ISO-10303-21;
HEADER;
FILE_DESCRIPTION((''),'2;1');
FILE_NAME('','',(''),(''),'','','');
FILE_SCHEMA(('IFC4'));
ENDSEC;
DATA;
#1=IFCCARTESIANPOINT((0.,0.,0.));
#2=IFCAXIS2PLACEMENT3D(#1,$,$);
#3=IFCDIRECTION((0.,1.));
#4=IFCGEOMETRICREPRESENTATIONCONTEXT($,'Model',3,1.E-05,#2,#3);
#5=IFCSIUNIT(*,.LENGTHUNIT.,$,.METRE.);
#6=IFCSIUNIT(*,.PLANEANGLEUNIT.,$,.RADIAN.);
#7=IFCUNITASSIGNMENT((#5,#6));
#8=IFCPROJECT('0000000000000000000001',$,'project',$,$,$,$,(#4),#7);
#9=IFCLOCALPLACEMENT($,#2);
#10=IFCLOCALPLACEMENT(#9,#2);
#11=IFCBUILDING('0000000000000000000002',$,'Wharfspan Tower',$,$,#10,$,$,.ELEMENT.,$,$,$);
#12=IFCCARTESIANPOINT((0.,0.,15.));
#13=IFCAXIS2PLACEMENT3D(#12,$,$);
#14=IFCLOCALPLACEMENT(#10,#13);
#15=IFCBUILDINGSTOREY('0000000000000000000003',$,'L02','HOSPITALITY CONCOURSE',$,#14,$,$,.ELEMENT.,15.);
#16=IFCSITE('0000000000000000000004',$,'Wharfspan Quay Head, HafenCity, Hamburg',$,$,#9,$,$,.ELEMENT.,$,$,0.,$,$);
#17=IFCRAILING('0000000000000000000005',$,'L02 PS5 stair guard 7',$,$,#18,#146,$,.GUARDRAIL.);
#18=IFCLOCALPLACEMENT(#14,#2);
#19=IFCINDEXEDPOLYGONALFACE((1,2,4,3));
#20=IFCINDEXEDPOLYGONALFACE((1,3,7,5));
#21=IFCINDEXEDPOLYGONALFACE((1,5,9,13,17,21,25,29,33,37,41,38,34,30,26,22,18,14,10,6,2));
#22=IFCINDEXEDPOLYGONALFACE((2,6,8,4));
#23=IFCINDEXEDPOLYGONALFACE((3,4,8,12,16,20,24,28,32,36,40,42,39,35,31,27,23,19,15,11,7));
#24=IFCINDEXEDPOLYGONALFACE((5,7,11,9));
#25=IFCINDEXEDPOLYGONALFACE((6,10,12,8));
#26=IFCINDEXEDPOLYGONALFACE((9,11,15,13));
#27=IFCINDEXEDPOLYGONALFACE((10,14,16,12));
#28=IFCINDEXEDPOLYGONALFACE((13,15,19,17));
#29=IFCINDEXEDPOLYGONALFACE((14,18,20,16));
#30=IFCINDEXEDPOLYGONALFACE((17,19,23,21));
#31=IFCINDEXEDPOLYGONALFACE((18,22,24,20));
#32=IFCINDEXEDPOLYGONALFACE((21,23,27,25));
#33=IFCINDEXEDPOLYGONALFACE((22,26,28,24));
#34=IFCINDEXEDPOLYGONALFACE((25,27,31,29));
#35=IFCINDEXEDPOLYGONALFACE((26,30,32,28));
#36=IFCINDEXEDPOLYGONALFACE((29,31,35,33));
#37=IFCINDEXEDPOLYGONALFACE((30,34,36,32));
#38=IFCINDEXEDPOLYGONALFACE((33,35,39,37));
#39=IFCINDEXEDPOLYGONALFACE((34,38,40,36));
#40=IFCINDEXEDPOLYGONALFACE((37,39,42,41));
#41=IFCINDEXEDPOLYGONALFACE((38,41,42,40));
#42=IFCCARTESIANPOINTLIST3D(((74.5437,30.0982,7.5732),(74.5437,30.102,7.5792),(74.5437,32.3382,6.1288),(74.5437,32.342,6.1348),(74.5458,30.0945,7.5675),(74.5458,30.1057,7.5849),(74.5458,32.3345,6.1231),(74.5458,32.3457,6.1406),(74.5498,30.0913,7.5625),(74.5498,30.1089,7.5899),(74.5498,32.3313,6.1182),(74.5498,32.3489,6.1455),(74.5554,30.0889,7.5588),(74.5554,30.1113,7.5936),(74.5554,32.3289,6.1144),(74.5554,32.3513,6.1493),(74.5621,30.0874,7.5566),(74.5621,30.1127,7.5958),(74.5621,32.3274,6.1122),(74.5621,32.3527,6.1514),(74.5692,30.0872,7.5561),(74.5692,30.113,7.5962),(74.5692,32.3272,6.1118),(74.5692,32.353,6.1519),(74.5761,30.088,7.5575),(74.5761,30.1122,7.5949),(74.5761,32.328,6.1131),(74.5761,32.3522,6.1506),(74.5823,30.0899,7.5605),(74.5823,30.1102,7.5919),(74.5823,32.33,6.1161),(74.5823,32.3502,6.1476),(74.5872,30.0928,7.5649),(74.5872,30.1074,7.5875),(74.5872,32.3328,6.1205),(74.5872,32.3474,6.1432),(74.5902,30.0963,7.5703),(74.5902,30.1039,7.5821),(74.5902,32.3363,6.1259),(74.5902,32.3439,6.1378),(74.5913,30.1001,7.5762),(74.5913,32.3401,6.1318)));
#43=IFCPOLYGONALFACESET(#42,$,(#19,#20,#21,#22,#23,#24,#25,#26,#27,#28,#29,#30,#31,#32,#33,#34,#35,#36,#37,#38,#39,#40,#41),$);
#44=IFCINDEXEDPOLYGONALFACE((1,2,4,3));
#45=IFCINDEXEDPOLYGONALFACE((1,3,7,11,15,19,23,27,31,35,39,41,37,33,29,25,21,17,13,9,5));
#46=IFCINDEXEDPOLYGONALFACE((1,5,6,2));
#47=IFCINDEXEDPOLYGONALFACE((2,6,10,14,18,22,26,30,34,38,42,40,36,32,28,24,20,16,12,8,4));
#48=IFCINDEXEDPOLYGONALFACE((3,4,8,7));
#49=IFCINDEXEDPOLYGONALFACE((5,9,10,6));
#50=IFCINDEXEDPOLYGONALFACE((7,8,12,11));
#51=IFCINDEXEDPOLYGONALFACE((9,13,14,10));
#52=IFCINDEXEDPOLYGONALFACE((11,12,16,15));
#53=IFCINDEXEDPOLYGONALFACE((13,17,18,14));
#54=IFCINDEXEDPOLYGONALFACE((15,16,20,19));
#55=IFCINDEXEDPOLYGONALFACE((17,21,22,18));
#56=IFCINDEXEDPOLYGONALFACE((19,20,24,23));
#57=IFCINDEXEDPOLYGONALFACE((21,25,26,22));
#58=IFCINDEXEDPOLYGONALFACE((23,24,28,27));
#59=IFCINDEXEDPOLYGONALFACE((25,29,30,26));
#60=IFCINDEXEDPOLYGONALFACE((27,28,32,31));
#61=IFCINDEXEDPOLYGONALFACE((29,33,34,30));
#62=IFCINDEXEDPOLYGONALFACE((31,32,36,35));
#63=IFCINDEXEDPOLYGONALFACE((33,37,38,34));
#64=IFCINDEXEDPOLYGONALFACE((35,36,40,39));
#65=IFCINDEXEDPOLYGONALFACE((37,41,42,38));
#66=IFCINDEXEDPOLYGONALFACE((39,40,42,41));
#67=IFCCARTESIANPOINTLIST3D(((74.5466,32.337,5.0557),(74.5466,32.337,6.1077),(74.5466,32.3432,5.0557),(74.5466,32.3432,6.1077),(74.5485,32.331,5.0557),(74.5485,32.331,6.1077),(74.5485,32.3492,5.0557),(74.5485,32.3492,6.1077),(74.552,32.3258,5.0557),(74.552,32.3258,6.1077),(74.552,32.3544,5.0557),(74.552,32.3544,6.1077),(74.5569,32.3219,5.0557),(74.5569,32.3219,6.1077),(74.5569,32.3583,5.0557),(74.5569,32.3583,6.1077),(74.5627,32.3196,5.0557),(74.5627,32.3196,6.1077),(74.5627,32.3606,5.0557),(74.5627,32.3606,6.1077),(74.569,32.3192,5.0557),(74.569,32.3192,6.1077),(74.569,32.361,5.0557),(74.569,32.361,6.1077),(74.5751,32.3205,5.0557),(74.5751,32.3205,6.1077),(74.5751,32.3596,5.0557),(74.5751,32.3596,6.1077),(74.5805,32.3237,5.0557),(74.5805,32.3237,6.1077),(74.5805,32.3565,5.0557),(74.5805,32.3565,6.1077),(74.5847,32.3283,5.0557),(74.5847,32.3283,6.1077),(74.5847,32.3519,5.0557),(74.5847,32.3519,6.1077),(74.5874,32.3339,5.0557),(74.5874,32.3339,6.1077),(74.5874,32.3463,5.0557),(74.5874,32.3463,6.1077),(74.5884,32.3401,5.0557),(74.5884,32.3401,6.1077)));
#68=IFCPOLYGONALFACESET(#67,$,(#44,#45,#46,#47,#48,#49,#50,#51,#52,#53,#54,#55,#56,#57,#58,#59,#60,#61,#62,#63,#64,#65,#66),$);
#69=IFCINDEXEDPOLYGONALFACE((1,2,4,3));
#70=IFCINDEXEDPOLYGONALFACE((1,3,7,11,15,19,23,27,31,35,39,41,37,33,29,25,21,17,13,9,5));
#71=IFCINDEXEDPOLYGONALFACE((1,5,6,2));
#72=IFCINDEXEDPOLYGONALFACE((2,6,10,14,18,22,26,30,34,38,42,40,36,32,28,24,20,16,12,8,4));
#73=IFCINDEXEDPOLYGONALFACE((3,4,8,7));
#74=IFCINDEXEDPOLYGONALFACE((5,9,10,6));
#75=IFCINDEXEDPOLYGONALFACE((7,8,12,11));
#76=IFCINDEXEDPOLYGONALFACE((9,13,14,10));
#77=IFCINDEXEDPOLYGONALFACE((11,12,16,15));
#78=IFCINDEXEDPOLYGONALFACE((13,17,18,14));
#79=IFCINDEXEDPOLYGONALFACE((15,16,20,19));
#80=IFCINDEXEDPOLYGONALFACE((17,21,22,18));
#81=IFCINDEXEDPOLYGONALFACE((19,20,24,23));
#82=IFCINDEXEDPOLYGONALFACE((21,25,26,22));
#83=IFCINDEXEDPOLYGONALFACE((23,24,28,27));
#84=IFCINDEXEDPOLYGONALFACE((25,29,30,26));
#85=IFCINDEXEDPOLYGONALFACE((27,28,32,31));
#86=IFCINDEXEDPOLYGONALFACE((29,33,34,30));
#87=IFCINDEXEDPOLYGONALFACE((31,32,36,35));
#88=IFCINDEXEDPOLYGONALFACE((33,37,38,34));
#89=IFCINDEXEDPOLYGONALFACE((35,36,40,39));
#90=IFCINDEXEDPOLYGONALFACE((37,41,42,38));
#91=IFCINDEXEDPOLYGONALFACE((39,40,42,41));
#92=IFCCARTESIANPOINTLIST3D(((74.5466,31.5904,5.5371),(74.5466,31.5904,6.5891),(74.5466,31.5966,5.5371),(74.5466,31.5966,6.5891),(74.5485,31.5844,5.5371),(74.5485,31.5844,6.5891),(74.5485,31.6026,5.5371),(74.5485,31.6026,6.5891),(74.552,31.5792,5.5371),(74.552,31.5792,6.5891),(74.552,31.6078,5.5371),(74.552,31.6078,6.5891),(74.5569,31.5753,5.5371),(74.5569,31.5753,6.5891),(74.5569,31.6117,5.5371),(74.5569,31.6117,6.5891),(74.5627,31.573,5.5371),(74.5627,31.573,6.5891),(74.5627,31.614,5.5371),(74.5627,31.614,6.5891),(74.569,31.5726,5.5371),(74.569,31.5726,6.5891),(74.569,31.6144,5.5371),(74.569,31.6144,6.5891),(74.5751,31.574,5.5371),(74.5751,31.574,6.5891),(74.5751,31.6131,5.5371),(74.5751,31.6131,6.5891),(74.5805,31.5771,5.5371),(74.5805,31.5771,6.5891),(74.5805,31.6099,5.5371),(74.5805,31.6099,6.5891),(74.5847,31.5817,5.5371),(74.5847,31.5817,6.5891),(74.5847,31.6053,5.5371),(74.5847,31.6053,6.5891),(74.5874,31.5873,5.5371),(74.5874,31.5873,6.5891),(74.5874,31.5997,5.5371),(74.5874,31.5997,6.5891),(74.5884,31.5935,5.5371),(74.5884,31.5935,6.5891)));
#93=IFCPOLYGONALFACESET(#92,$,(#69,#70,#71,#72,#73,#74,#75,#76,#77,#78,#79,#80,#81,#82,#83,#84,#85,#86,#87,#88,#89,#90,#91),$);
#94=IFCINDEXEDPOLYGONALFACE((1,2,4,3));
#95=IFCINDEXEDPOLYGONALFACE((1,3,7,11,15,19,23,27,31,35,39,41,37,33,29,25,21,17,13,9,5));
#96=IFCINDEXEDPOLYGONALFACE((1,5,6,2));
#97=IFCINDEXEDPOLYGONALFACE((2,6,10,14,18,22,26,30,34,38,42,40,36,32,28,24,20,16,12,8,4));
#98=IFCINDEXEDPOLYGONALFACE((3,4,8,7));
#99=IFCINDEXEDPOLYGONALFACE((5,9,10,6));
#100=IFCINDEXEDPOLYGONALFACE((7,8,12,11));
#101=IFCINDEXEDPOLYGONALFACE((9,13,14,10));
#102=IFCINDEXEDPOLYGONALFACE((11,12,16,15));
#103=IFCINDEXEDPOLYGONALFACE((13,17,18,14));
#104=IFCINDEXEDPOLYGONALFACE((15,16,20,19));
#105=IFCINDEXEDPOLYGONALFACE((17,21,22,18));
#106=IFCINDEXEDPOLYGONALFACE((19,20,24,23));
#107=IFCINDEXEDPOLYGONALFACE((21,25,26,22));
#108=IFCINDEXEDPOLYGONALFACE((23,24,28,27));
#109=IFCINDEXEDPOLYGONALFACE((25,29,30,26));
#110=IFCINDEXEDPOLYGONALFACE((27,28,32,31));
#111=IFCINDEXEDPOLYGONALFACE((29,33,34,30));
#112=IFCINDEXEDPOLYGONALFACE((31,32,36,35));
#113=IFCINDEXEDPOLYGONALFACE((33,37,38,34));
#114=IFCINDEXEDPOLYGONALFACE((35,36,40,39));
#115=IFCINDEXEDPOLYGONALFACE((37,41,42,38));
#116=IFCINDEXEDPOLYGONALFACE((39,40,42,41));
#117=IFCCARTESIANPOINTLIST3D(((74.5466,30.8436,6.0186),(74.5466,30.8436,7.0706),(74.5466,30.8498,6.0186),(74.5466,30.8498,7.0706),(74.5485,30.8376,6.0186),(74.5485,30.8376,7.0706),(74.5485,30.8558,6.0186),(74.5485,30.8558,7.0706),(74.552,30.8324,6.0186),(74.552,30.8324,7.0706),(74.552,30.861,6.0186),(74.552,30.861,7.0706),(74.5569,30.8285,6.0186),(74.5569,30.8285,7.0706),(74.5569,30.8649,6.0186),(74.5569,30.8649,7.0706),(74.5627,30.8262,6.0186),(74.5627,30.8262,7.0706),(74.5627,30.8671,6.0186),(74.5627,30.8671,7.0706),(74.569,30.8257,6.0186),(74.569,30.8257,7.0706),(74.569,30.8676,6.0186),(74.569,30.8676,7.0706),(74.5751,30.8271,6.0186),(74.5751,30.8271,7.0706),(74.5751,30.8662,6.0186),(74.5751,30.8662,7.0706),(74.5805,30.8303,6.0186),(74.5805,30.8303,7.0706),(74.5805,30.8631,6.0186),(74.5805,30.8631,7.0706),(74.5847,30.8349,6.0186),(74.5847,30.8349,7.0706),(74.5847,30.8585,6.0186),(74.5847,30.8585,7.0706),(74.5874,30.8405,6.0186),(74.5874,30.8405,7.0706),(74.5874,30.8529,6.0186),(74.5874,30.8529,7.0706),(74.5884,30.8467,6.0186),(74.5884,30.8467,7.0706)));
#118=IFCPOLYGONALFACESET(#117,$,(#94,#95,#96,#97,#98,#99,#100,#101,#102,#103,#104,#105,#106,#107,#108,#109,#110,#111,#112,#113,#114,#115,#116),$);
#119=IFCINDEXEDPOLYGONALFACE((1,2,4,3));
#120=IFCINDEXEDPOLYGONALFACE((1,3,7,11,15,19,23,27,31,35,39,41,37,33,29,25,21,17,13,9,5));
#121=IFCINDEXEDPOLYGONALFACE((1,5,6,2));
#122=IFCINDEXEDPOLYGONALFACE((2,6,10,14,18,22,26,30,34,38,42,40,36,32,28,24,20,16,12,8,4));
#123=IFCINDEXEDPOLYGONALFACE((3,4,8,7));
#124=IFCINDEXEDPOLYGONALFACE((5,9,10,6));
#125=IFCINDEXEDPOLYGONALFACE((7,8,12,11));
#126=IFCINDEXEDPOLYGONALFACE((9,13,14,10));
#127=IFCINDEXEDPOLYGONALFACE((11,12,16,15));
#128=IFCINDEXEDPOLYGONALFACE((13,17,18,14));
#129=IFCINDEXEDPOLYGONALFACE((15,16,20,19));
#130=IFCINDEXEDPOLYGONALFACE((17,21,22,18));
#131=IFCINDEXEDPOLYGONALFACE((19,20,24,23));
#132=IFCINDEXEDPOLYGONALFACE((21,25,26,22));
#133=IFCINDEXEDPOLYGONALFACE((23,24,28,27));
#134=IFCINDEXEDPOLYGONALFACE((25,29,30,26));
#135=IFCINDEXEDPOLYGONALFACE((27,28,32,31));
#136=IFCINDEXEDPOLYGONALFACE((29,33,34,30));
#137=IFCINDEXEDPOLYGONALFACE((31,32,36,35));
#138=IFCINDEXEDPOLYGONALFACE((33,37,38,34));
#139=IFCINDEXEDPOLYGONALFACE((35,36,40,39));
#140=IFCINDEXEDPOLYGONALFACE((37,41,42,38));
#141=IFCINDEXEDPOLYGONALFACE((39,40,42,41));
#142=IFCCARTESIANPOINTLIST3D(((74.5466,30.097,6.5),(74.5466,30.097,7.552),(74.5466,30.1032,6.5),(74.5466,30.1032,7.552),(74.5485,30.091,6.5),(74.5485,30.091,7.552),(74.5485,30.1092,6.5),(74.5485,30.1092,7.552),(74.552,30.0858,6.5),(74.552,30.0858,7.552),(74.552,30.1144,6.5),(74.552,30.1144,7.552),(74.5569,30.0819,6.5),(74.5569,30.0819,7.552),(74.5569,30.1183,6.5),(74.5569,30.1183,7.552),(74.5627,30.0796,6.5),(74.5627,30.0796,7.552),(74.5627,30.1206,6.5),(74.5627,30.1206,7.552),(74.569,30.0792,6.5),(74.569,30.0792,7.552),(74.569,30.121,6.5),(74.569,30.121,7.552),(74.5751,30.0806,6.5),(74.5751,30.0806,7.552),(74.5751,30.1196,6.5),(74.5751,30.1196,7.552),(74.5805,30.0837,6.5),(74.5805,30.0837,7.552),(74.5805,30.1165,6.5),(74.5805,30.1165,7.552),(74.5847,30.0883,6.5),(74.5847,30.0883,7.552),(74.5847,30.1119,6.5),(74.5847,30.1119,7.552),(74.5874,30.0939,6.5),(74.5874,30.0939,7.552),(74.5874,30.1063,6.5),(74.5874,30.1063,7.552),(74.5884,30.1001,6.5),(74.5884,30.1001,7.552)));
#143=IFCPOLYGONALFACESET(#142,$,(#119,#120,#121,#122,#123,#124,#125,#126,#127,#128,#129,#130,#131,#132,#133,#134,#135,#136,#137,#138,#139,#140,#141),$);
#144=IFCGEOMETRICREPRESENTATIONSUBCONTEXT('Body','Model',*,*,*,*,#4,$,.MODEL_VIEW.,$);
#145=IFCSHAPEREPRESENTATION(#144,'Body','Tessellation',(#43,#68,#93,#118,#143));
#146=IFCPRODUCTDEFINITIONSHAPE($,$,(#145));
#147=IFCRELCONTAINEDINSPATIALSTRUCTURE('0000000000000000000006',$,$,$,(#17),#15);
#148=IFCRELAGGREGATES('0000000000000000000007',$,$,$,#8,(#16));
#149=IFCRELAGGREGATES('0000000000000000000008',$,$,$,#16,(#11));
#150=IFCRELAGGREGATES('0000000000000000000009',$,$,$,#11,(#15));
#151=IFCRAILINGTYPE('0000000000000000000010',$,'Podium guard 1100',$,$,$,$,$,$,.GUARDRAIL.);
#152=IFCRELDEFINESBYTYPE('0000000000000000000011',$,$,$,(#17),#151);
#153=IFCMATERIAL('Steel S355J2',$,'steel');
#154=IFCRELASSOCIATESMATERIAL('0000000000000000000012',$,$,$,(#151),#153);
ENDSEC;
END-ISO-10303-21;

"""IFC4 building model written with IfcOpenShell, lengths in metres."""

from ifc_helpers import new_model, si_unit, direction, frame, origin, origin_2d, place, context, subcontext, project, spatial, circle, extrude, material, type_object, element, save


model = new_model("IFC4")

# Units and contexts
model_context = context("Model", 3, precision=1e-05, world=origin(), true_north=direction((0.0, 1.0)))
body_context = subcontext(model_context, "Body", "Model", "MODEL_VIEW")
ifc_project = project(units=[si_unit("LENGTHUNIT", "METRE"), si_unit("PLANEANGLEUNIT", "RADIAN")], contexts=[model_context])

# Site, building, storey
site_placement = place(None, origin())
site = spatial("IfcSite", under=ifc_project, at=site_placement, Name="Wharfspan Quay Head, HafenCity, Hamburg", CompositionType="ELEMENT", RefElevation=0.0)
building_placement = place(site_placement, origin())
building = spatial("IfcBuilding", under=site, at=building_placement, Name="Wharfspan Tower", CompositionType="ELEMENT")
storey_placement = place(building_placement, frame((0.0, 0.0, 15.0)))
storey = spatial("IfcBuildingStorey", under=building, at=storey_placement, Name="L02", Description="HOSPITALITY CONCOURSE", CompositionType="ELEMENT", Elevation=15.0)

# Railing
ifc_material_1 = material(Name="Steel S355J2", Category="steel")
railing_type_1 = type_object("IfcRailingType", Name="Podium guard 1100", PredefinedType="GUARDRAIL", material=ifc_material_1)
railing_1_placement = place(storey_placement, frame((74.5674, 32.3401, 5.0557)))
element("IfcRailing", 1, at=railing_1_placement, inside=storey, type_object=railing_type_1, Name="L02 PS5 stair guard 7", PredefinedType="GUARDRAIL", context=body_context, shape_type="SweptSolid", body=[
    extrude(circle(Radius=0.0239, at=origin_2d()), frame((0.0, 0.0, 1.0762), z_axis=(0.0, -0.840437, 0.54191), x_axis=(1.0, 0.0, 0.0)), (0.0, 0.0, 1.0), 2.6653),
    extrude(circle(Radius=0.021, at=origin_2d()), origin(), (0.0, 0.0, 1.0), 1.052),
    extrude(circle(Radius=0.021, at=origin_2d()), frame((0.0, -0.7466, 0.4814)), (0.0, 0.0, 1.0), 1.052),
    extrude(circle(Radius=0.021, at=origin_2d()), frame((0.0, -1.4934, 0.9629)), (0.0, 0.0, 1.0), 1.052),
    extrude(circle(Radius=0.021, at=origin_2d()), frame((0.0, -2.24, 1.4443)), (0.0, 0.0, 1.0), 1.052),
])

save(model, "model.ifc")
